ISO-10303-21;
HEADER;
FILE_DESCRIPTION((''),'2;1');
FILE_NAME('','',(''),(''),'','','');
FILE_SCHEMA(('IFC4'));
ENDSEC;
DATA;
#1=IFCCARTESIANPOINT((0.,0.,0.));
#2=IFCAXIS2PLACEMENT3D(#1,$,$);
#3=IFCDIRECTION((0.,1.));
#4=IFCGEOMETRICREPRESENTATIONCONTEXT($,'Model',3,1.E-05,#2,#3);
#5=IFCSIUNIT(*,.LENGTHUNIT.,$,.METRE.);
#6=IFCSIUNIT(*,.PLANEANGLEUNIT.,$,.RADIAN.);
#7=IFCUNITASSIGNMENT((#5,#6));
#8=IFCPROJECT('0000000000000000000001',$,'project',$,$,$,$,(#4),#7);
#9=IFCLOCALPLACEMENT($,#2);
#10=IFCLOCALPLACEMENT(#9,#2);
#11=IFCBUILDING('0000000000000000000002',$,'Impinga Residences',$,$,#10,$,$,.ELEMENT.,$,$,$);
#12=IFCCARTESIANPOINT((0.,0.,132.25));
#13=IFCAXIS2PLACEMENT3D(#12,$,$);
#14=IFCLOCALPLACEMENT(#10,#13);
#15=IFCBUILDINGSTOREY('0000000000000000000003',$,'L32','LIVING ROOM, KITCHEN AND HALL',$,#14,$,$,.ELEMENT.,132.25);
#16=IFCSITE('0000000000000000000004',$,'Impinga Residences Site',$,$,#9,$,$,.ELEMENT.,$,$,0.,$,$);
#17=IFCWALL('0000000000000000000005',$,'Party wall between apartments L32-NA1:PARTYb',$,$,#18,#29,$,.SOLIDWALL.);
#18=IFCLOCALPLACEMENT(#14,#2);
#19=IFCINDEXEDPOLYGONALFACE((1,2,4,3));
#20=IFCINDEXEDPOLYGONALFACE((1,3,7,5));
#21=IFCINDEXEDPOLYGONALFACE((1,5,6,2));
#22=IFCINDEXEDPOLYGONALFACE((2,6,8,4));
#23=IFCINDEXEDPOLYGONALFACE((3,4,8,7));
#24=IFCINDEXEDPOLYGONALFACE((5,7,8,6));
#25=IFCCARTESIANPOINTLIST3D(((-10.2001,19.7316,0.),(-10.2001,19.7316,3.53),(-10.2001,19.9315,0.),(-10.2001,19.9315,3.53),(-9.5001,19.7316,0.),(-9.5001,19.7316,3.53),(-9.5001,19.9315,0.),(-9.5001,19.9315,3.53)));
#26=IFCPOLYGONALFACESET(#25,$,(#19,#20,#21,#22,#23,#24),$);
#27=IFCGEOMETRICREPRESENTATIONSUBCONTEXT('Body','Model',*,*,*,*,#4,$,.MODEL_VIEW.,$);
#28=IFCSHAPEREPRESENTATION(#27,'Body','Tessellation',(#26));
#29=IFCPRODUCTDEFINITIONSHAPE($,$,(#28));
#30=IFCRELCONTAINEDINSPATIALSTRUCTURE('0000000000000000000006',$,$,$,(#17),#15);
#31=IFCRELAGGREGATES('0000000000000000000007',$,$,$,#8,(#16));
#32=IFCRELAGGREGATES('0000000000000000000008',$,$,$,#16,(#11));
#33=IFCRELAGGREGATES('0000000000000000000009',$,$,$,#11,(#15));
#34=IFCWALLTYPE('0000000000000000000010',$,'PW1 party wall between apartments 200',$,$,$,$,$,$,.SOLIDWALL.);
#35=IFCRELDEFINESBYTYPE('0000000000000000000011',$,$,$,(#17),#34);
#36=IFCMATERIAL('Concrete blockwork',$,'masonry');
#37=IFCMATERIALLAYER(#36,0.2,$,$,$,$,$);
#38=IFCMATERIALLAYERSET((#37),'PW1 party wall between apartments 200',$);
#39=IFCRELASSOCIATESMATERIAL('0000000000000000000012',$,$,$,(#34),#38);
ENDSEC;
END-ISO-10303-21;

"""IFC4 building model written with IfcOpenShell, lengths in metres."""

from ifc_helpers import new_model, si_unit, direction, frame, frame_2d, origin, place, context, subcontext, project, spatial, rectangle, extrude, material, layer, layer_set, type_object, element, save


model = new_model("IFC4")

# Units and contexts
model_context = context("Model", 3, precision=1e-05, world=origin(), true_north=direction((0.0, 1.0)))
body_context = subcontext(model_context, "Body", "Model", "MODEL_VIEW")
ifc_project = project(units=[si_unit("LENGTHUNIT", "METRE"), si_unit("PLANEANGLEUNIT", "RADIAN")], contexts=[model_context])

# Site, building, storey
site_placement = place(None, origin())
site = spatial("IfcSite", under=ifc_project, at=site_placement, Name="Impinga Residences Site", CompositionType="ELEMENT", RefElevation=0.0)
building_placement = place(site_placement, origin())
building = spatial("IfcBuilding", under=site, at=building_placement, Name="Impinga Residences", CompositionType="ELEMENT")
storey_placement = place(building_placement, frame((0.0, 0.0, 132.25)))
storey = spatial("IfcBuildingStorey", under=building, at=storey_placement, Name="L32", Description="LIVING ROOM, KITCHEN AND HALL", CompositionType="ELEMENT", Elevation=132.25)

# Wall
ifc_material_1 = material(Name="Concrete blockwork", Category="masonry")
ifc_layer_1 = layer(ifc_material_1, 0.2)
ifc_layer_set_1 = layer_set([ifc_layer_1], Name="PW1 party wall between apartments 200")
wall_type_1 = type_object("IfcWallType", Name="PW1 party wall between apartments 200", PredefinedType="SOLIDWALL", material=ifc_layer_set_1)
wall_1_placement = place(storey_placement, frame((-9.5, 19.8315, 0.0), z_axis=(0.0, 0.0, 1.0), x_axis=(-1.0, 0.0, 0.0)))
element("IfcWall", 1, at=wall_1_placement, inside=storey, type_object=wall_type_1, Name="Party wall between apartments L32-NA1:PARTYb", PredefinedType="SOLIDWALL", context=body_context, shape_type="SweptSolid", body=[
    extrude(rectangle(XDim=0.7, YDim=0.2, at=frame_2d((0.3501, 0.0))), origin(), (0.0, 0.0, 1.0), 3.53),
])

save(model, "model.ifc")
